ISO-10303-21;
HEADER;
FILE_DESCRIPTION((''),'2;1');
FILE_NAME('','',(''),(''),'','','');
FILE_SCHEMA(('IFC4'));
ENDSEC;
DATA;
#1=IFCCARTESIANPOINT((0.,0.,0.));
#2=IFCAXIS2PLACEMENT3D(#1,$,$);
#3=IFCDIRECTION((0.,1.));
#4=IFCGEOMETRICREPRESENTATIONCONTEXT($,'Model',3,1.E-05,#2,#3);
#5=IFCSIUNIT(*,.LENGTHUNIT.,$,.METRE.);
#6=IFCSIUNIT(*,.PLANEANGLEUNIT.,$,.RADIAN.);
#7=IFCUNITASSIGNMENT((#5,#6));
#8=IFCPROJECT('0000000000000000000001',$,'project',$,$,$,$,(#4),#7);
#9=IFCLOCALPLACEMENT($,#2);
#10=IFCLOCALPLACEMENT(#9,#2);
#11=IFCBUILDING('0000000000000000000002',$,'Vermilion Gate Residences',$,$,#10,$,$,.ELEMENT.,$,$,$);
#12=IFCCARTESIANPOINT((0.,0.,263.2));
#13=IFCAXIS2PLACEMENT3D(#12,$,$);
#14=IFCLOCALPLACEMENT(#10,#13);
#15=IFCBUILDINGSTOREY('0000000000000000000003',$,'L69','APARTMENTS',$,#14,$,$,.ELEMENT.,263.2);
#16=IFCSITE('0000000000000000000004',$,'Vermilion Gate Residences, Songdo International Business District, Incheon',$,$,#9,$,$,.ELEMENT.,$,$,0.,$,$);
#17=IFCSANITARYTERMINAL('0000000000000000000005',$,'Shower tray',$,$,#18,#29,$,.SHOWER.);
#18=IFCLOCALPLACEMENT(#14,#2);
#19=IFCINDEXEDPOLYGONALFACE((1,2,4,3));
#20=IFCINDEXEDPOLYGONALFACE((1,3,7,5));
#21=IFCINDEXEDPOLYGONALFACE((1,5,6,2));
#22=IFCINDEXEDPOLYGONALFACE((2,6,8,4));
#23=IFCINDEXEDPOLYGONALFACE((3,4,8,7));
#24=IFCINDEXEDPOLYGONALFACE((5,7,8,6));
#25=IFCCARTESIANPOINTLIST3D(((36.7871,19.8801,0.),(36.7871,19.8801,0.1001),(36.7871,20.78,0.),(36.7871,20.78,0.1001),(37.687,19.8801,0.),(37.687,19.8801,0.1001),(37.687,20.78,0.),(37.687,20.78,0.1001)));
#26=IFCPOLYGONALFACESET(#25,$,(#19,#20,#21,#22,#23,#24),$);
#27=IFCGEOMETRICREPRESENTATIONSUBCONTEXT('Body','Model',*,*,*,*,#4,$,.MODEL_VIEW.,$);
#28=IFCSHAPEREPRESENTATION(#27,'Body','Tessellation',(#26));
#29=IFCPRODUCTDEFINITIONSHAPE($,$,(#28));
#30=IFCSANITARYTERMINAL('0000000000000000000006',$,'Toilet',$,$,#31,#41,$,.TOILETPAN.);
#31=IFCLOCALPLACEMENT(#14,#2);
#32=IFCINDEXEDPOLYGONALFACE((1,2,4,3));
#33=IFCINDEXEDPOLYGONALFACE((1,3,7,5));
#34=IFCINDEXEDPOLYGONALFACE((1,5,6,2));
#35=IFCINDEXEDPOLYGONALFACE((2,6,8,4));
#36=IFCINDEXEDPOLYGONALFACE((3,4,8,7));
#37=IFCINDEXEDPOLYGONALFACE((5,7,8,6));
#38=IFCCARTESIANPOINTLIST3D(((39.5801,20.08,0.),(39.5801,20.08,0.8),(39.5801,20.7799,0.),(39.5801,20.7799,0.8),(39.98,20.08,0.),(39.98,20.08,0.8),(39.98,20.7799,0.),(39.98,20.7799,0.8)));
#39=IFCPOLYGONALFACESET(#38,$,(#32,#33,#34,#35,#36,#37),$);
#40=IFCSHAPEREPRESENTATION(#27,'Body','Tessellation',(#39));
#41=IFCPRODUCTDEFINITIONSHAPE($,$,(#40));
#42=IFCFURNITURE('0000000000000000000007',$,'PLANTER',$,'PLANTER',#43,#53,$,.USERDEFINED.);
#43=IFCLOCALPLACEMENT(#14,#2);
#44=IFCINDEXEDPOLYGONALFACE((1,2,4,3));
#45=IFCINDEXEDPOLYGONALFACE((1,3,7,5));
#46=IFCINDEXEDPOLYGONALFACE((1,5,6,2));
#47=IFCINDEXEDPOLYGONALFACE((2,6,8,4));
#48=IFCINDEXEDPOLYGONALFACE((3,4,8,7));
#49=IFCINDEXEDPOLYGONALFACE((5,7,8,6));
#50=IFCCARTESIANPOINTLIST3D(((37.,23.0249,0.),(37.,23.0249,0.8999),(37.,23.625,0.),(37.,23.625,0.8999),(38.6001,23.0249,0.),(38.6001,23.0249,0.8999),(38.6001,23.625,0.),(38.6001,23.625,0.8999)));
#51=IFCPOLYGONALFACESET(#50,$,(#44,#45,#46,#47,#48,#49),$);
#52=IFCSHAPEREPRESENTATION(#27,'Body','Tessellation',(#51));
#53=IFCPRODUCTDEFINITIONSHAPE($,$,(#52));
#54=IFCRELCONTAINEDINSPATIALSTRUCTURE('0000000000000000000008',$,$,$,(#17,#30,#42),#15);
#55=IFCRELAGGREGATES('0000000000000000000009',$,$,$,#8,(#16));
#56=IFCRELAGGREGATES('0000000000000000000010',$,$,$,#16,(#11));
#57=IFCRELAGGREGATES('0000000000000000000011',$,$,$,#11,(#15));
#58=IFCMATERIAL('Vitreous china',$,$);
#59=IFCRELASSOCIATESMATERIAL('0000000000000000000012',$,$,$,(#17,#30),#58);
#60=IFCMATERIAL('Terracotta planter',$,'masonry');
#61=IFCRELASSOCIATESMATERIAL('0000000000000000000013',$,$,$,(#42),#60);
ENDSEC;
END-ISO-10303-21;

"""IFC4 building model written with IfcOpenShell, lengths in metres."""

from ifc_helpers import new_model, si_unit, direction, frame, origin, origin_2d, place, context, subcontext, project, spatial, rectangle, extrude, material, element, save


model = new_model("IFC4")

# Units and contexts
model_context = context("Model", 3, precision=1e-05, world=origin(), true_north=direction((0.0, 1.0)))
body_context = subcontext(model_context, "Body", "Model", "MODEL_VIEW")
ifc_project = project(units=[si_unit("LENGTHUNIT", "METRE"), si_unit("PLANEANGLEUNIT", "RADIAN")], contexts=[model_context])

# Site, building, storey
site_placement = place(None, origin())
site = spatial("IfcSite", under=ifc_project, at=site_placement, Name="Vermilion Gate Residences, Songdo International Business District, Incheon", CompositionType="ELEMENT", RefElevation=0.0)
building_placement = place(site_placement, origin())
building = spatial("IfcBuilding", under=site, at=building_placement, Name="Vermilion Gate Residences", CompositionType="ELEMENT")
storey_placement = place(building_placement, frame((0.0, 0.0, 263.2)))
storey = spatial("IfcBuildingStorey", under=building, at=storey_placement, Name="L69", Description="APARTMENTS", CompositionType="ELEMENT", Elevation=263.2)

# Sanitary terminals
ifc_material_1 = material(Name="Vitreous china")
sanitary_terminal_1_placement = place(storey_placement, frame((37.2371, 20.3301, 0.0), z_axis=(0.0, 0.0, 1.0), x_axis=(1.0, 0.0, 0.0)))
element("IfcSanitaryTerminal", 1, at=sanitary_terminal_1_placement, inside=storey, material=ifc_material_1, Name="Shower tray", PredefinedType="SHOWER", context=body_context, shape_type="SweptSolid", body=[
    extrude(rectangle(XDim=0.8999, YDim=0.8999, at=origin_2d()), origin(), (0.0, 0.0, 1.0), 0.1001),
])
sanitary_terminal_2_placement = place(storey_placement, frame((39.78, 20.4299, 0.0), z_axis=(0.0, 0.0, 1.0), x_axis=(1.0, 0.0, 0.0)))
element("IfcSanitaryTerminal", 2, at=sanitary_terminal_2_placement, inside=storey, material=ifc_material_1, Name="Toilet", PredefinedType="TOILETPAN", context=body_context, shape_type="SweptSolid", body=[
    extrude(rectangle(XDim=0.3999, YDim=0.7, at=origin_2d()), origin(), (0.0, 0.0, 1.0), 0.8),
])

# Furniture
ifc_material_2 = material(Name="Terracotta planter", Category="masonry")
furniture_placement = place(storey_placement, frame((37.8, 23.325, 0.0), z_axis=(0.0, 0.0, 1.0), x_axis=(-1.0, 0.0, 0.0)))
element("IfcFurniture", 3, at=furniture_placement, inside=storey, material=ifc_material_2, Name="PLANTER", ObjectType="PLANTER", PredefinedType="USERDEFINED", context=body_context, shape_type="SweptSolid", body=[
    extrude(rectangle(XDim=1.6001, YDim=0.6001, at=origin_2d()), origin(), (0.0, 0.0, 1.0), 0.8999),
])

save(model, "model.ifc")
